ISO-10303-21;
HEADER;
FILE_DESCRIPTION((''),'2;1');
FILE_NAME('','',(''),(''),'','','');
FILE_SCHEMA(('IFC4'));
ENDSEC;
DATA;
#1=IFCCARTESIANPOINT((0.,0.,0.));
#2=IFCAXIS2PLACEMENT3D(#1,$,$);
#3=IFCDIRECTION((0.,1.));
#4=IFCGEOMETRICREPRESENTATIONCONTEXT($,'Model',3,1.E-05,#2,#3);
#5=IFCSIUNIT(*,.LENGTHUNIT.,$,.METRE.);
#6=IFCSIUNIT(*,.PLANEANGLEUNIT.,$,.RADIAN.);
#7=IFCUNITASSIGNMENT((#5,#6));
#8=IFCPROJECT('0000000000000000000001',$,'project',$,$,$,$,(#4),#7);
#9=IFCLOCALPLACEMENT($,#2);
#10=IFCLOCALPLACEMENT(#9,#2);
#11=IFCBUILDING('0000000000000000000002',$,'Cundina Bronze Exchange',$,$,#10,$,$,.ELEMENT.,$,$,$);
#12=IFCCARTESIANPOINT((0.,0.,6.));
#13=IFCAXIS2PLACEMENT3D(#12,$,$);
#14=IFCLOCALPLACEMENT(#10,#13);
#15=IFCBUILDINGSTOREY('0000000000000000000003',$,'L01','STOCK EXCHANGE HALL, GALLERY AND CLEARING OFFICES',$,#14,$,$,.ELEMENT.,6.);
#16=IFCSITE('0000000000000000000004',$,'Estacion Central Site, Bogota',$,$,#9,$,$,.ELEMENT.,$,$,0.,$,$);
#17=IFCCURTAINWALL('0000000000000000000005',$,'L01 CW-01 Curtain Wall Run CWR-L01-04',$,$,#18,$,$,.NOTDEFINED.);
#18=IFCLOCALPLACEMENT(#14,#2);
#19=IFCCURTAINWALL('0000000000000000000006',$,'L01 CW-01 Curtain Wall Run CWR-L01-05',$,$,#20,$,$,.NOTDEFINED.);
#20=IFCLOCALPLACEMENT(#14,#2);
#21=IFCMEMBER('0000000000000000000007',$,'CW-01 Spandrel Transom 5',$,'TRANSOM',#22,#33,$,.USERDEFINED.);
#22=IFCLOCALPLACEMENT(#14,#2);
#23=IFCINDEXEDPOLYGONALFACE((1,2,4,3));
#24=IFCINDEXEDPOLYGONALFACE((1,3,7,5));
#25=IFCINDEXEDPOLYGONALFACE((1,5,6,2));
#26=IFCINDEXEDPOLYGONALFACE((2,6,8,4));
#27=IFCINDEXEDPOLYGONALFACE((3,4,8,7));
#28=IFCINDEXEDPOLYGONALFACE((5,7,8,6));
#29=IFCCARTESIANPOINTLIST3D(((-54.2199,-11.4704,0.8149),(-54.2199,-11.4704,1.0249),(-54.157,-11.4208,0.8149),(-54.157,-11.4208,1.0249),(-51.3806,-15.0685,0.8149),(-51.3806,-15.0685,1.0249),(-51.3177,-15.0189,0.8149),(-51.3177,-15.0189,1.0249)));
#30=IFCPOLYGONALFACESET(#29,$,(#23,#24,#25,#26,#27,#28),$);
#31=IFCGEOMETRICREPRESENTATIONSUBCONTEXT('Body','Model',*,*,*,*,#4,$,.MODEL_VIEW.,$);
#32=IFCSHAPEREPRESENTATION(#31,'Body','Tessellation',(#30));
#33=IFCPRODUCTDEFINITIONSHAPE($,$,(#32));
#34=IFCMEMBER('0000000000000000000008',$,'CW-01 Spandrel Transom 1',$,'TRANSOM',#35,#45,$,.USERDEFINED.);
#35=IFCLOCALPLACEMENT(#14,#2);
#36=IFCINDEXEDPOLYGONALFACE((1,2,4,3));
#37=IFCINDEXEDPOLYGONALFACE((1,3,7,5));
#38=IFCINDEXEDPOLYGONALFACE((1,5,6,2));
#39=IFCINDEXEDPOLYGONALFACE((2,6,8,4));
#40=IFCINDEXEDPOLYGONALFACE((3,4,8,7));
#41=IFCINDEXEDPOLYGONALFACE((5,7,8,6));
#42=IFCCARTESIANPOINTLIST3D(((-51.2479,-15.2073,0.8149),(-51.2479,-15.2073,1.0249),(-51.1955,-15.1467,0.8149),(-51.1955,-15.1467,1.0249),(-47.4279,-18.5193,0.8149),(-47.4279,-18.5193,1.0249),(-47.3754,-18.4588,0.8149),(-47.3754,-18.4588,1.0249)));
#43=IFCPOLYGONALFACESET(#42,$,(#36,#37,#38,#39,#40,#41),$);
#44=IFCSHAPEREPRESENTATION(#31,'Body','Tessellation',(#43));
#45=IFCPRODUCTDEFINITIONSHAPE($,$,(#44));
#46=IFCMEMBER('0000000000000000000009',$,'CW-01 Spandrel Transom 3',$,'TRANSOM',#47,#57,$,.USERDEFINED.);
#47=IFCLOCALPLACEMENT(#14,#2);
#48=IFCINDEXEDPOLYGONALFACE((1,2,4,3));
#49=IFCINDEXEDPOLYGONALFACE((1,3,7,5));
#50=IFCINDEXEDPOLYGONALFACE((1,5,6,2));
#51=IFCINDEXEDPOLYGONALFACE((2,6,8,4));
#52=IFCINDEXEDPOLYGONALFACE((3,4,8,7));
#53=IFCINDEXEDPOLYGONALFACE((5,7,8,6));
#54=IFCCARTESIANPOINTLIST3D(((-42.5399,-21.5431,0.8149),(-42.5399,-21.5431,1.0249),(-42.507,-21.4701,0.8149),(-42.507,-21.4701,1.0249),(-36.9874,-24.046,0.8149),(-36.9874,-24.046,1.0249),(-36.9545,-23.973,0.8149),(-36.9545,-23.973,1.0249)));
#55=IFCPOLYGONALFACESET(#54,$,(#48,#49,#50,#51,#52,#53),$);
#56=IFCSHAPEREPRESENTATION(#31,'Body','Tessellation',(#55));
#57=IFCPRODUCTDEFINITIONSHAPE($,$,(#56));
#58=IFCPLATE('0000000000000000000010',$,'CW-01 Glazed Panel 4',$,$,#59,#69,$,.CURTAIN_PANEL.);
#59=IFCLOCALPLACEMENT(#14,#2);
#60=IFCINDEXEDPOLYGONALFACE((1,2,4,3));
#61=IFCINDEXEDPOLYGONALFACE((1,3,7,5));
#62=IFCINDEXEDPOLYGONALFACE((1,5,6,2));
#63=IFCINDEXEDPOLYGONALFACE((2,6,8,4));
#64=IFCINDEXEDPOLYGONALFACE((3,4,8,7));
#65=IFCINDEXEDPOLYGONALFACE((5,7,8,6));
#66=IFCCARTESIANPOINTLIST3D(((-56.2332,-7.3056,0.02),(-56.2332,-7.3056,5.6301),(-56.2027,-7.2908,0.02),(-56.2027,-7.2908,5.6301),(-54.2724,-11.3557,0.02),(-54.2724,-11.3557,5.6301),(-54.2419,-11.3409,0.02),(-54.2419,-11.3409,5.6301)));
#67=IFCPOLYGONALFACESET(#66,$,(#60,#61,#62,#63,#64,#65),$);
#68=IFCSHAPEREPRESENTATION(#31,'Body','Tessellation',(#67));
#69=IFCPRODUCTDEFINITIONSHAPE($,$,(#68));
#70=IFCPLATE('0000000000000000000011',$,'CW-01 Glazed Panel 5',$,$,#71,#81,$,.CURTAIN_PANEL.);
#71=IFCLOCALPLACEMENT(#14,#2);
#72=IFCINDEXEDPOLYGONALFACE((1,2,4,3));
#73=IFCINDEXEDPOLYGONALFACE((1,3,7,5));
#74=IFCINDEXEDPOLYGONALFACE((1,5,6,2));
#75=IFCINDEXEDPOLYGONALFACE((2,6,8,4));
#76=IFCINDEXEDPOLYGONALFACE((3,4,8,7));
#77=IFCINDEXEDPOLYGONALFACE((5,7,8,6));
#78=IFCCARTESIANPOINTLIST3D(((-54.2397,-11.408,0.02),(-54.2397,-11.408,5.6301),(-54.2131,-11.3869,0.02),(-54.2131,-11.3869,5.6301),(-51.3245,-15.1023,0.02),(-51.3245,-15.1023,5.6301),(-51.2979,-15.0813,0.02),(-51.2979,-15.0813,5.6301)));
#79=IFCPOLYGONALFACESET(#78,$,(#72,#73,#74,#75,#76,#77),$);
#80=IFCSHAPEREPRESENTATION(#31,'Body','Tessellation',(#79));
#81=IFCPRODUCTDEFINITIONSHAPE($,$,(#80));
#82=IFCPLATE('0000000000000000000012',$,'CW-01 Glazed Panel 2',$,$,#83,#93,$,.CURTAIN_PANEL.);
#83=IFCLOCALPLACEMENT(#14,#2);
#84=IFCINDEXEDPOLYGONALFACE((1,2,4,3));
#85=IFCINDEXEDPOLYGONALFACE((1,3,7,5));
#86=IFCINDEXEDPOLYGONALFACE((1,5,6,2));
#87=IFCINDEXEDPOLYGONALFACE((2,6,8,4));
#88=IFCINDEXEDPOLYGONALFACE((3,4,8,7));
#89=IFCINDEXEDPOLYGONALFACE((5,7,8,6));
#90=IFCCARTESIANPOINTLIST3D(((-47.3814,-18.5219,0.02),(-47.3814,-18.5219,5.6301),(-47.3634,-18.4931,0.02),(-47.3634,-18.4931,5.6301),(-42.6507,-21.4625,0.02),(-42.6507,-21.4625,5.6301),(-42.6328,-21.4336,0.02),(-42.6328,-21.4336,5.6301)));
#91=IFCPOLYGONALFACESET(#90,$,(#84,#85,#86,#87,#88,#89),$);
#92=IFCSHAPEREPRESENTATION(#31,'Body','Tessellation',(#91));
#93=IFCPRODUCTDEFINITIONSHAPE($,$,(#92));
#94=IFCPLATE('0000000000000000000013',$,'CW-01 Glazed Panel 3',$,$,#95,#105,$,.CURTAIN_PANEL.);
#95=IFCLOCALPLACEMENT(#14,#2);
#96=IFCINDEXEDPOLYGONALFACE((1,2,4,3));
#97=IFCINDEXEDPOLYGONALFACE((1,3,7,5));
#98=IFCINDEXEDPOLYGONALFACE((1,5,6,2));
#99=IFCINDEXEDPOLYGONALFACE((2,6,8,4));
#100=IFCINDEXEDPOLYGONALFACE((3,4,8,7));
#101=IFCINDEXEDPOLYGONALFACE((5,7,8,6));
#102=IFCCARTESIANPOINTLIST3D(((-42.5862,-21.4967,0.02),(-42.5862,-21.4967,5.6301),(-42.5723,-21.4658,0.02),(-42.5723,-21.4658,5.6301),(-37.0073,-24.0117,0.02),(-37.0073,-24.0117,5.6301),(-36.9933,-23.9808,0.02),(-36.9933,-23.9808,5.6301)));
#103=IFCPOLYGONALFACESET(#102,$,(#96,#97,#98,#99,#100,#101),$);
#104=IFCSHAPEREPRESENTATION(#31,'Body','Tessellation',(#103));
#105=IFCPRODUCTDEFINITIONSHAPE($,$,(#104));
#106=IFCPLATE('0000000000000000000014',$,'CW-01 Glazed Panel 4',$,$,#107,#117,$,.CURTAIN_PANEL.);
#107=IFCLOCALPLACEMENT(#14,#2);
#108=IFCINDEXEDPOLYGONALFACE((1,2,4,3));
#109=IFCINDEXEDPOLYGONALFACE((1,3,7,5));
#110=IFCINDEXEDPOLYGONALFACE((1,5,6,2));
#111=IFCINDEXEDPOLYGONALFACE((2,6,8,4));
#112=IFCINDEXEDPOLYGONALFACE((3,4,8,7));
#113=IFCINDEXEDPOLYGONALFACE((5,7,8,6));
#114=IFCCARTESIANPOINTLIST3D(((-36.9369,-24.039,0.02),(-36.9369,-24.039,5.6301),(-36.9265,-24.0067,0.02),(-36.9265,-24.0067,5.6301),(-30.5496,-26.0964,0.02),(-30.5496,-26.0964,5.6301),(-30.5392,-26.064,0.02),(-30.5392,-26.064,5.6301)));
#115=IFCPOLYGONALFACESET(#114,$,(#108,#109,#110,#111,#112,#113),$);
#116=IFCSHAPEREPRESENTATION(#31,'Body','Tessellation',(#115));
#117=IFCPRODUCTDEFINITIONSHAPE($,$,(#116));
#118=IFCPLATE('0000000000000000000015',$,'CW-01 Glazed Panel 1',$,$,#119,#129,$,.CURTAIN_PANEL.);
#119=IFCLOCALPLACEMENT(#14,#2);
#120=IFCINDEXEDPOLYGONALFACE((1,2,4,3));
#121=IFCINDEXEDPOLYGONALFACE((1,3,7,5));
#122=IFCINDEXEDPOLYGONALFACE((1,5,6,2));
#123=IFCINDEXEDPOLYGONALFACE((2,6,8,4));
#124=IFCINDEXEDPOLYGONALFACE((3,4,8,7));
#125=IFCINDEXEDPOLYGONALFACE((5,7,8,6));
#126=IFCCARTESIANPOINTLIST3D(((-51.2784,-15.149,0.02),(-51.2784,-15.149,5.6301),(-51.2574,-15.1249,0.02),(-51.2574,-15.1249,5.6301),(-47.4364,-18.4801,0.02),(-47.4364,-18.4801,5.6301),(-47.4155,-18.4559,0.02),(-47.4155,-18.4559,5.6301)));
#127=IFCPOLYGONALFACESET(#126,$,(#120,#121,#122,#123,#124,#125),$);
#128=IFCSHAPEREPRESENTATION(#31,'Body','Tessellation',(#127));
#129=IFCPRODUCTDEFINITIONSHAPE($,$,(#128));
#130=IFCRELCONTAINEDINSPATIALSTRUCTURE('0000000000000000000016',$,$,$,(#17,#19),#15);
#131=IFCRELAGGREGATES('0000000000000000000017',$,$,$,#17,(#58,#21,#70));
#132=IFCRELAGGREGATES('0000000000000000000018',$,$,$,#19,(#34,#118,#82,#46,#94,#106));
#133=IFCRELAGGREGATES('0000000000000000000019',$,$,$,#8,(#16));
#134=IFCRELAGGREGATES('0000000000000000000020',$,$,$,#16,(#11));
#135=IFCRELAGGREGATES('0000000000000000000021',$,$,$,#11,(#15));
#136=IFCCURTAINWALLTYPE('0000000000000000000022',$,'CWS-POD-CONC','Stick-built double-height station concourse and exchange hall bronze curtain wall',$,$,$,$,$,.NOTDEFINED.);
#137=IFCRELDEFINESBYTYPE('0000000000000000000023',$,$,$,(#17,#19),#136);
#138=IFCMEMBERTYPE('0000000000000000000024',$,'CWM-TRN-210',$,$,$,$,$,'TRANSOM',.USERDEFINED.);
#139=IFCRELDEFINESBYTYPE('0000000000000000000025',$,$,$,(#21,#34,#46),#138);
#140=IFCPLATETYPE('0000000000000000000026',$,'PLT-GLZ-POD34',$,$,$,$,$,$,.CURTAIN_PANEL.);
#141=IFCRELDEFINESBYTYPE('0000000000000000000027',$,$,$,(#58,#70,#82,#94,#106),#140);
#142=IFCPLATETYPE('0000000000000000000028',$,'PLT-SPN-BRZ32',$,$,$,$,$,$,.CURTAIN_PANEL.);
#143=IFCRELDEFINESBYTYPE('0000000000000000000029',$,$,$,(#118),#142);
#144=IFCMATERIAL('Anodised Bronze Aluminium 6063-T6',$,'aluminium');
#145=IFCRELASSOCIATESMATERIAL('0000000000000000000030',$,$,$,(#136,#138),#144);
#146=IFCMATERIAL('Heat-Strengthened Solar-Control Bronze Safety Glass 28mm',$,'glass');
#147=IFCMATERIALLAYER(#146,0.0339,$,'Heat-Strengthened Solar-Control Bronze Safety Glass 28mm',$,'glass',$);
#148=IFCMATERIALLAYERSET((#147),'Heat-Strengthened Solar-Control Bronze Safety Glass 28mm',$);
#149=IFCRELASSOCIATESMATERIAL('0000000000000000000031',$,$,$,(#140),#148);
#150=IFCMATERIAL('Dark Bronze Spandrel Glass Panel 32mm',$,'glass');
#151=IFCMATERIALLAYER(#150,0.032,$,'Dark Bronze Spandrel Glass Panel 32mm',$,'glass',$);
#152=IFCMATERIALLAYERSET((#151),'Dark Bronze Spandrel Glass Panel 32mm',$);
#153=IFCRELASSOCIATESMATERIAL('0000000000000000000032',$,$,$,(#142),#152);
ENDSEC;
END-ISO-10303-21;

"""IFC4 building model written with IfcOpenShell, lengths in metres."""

from ifc_helpers import new_model, si_unit, direction, frame, origin, origin_2d, place, context, subcontext, project, spatial, rectangle, extrude, material, layer, layer_set, material_profile, profile_set, type_object, element, aggregate, save


model = new_model("IFC4")

# Units and contexts
model_context = context("Model", 3, precision=1e-05, world=origin(), true_north=direction((0.0, 1.0)))
body_context = subcontext(model_context, "Body", "Model", "MODEL_VIEW")
ifc_project = project(units=[si_unit("LENGTHUNIT", "METRE"), si_unit("PLANEANGLEUNIT", "RADIAN")], contexts=[model_context])

# Site, building, storey
site_placement = place(None, origin())
site = spatial("IfcSite", under=ifc_project, at=site_placement, Name="Estacion Central Site, Bogota", CompositionType="ELEMENT", RefElevation=0.0)
building_placement = place(site_placement, origin())
building = spatial("IfcBuilding", under=site, at=building_placement, Name="Cundina Bronze Exchange", CompositionType="ELEMENT")
storey_placement = place(building_placement, frame((0.0, 0.0, 6.0)))
storey = spatial("IfcBuildingStorey", under=building, at=storey_placement, Name="L01", Description="STOCK EXCHANGE HALL, GALLERY AND CLEARING OFFICES", CompositionType="ELEMENT", Elevation=6.0)

# Curtain walls
ifc_material_1 = material(Name="Anodised Bronze Aluminium 6063-T6", Category="aluminium")
curtain_wall_type = type_object("IfcCurtainWallType", Name="CWS-POD-CONC", Description="Stick-built double-height station concourse and exchange hall bronze curtain wall", PredefinedType="NOTDEFINED", material=ifc_material_1)
curtain_wall_1_placement = place(storey_placement, origin())
curtain_wall_1 = element("IfcCurtainWall", 1, at=curtain_wall_1_placement, inside=storey, type_object=curtain_wall_type, Name="L01 CW-01 Curtain Wall Run CWR-L01-04", PredefinedType="NOTDEFINED")
curtain_wall_2_placement = place(storey_placement, origin())
curtain_wall_2 = element("IfcCurtainWall", 2, at=curtain_wall_2_placement, inside=storey, type_object=curtain_wall_type, Name="L01 CW-01 Curtain Wall Run CWR-L01-05", PredefinedType="NOTDEFINED")

# Members
ifc_material_profile_1 = material_profile(ifc_material_1, rectangle(XDim=0.0801, YDim=0.21, at=origin_2d()), Name="AL80X210", Category="aluminium")
ifc_profile_set_1 = profile_set([ifc_material_profile_1], Name="Anodised Bronze Aluminium 6063-T6")
member_type_1 = type_object("IfcMemberType", Name="CWM-TRN-210", ElementType="TRANSOM", PredefinedType="USERDEFINED", material=ifc_profile_set_1)
member_1_placement = place(storey_placement, frame((-54.1885, -11.4456, 0.9199), z_axis=(0.619472, -0.785019, 0.0), x_axis=(0.785019, 0.619472, 0.0)))
member_1 = element("IfcMember", 3, at=member_1_placement, type_object=member_type_1, Name="CW-01 Spandrel Transom 5", ObjectType="TRANSOM", PredefinedType="USERDEFINED", context=body_context, shape_type="SweptSolid", body=[
    extrude(rectangle(XDim=0.0801, YDim=0.21, at=origin_2d()), origin(), (0.0, 0.0, 1.0), 4.5835),
])
member_2_placement = place(storey_placement, frame((-51.2217, -15.177, 0.9199), z_axis=(0.755563, -0.655076, 0.0), x_axis=(0.655076, 0.755563, 0.0)))
member_2 = element("IfcMember", 4, at=member_2_placement, type_object=member_type_1, Name="CW-01 Spandrel Transom 1", ObjectType="TRANSOM", PredefinedType="USERDEFINED", context=body_context, shape_type="SweptSolid", body=[
    extrude(rectangle(XDim=0.0801, YDim=0.21, at=origin_2d()), origin(), (0.0, 0.0, 1.0), 5.0559),
])
member_3_placement = place(storey_placement, frame((-42.5234, -21.5066, 0.9199), z_axis=(0.911657, -0.410953, 0.0), x_axis=(0.410953, 0.911657, 0.0)))
member_3 = element("IfcMember", 5, at=member_3_placement, type_object=member_type_1, Name="CW-01 Spandrel Transom 3", ObjectType="TRANSOM", PredefinedType="USERDEFINED", context=body_context, shape_type="SweptSolid", body=[
    extrude(rectangle(XDim=0.0801, YDim=0.21, at=origin_2d()), origin(), (0.0, 0.0, 1.0), 6.0906),
])

# Plates
ifc_material_2 = material(Name="Heat-Strengthened Solar-Control Bronze Safety Glass 28mm", Category="glass")
ifc_layer_1 = layer(ifc_material_2, 0.0339, Name="Heat-Strengthened Solar-Control Bronze Safety Glass 28mm", Category="glass")
ifc_layer_set_1 = layer_set([ifc_layer_1], Name="Heat-Strengthened Solar-Control Bronze Safety Glass 28mm")
plate_type_1 = type_object("IfcPlateType", Name="PLT-GLZ-POD34", PredefinedType="CURTAIN_PANEL", material=ifc_layer_set_1)
plate_1_placement = place(storey_placement, frame((-55.2375, -9.3232, 0.02), z_axis=(0.0, 0.0, 1.0), x_axis=(0.435765, -0.90006, 0.0)))
plate_1 = element("IfcPlate", 6, at=plate_1_placement, type_object=plate_type_1, Name="CW-01 Glazed Panel 4", PredefinedType="CURTAIN_PANEL", context=body_context, shape_type="SweptSolid", body=[
    extrude(rectangle(XDim=4.4998, YDim=0.0339, at=origin_2d()), origin(), (0.0, 0.0, 1.0), 5.6101),
])
plate_2_placement = place(storey_placement, frame((-52.7688, -13.2446, 0.02), z_axis=(0.0, 0.0, 1.0), x_axis=(0.619464, -0.785025, 0.0)))
plate_2 = element("IfcPlate", 7, at=plate_2_placement, type_object=plate_type_1, Name="CW-01 Glazed Panel 5", PredefinedType="CURTAIN_PANEL", context=body_context, shape_type="SweptSolid", body=[
    extrude(rectangle(XDim=4.7061, YDim=0.0339, at=origin_2d()), origin(), (0.0, 0.0, 1.0), 5.6101),
])
aggregate(curtain_wall_1, [plate_1, member_1, plate_2])
plate_3_placement = place(storey_placement, frame((-45.0071, -19.9778, 0.02), z_axis=(0.0, 0.0, 1.0), x_axis=(0.849294, -0.52792, 0.0)))
plate_3 = element("IfcPlate", 8, at=plate_3_placement, type_object=plate_type_1, Name="CW-01 Glazed Panel 2", PredefinedType="CURTAIN_PANEL", context=body_context, shape_type="SweptSolid", body=[
    extrude(rectangle(XDim=5.5701, YDim=0.0339, at=origin_2d()), origin(), (0.0, 0.0, 1.0), 5.6101),
])
plate_4_placement = place(storey_placement, frame((-39.7898, -22.7388, 0.02), z_axis=(0.0, 0.0, 1.0), x_axis=(0.911647, -0.410973, 0.0)))
plate_4 = element("IfcPlate", 9, at=plate_4_placement, type_object=plate_type_1, Name="CW-01 Glazed Panel 3", PredefinedType="CURTAIN_PANEL", context=body_context, shape_type="SweptSolid", body=[
    extrude(rectangle(XDim=6.1196, YDim=0.0339, at=origin_2d()), origin(), (0.0, 0.0, 1.0), 5.6101),
])
plate_5_placement = place(storey_placement, frame((-33.738, -25.0515, 0.02), z_axis=(0.0, 0.0, 1.0), x_axis=(0.951841, -0.306593, 0.0)))
plate_5 = element("IfcPlate", 10, at=plate_5_placement, type_object=plate_type_1, Name="CW-01 Glazed Panel 4", PredefinedType="CURTAIN_PANEL", context=body_context, shape_type="SweptSolid", body=[
    extrude(rectangle(XDim=6.7104, YDim=0.0339, at=origin_2d()), origin(), (0.0, 0.0, 1.0), 5.6101),
])
ifc_material_3 = material(Name="Dark Bronze Spandrel Glass Panel 32mm", Category="glass")
ifc_layer_2 = layer(ifc_material_3, 0.032, Name="Dark Bronze Spandrel Glass Panel 32mm", Category="glass")
ifc_layer_set_2 = layer_set([ifc_layer_2], Name="Dark Bronze Spandrel Glass Panel 32mm")
plate_type_2 = type_object("IfcPlateType", Name="PLT-SPN-BRZ32", PredefinedType="CURTAIN_PANEL", material=ifc_layer_set_2)
plate_6_placement = place(storey_placement, frame((-49.3469, -16.8025, 0.02), z_axis=(0.0, 0.0, 1.0), x_axis=(0.755556, -0.655084, 0.0)))
plate_6 = element("IfcPlate", 11, at=plate_6_placement, type_object=plate_type_2, Name="CW-01 Glazed Panel 1", PredefinedType="CURTAIN_PANEL", context=body_context, shape_type="SweptSolid", body=[
    extrude(rectangle(XDim=5.085, YDim=0.032, at=origin_2d()), origin(), (0.0, 0.0, 1.0), 5.6101),
])
aggregate(curtain_wall_2, [member_2, plate_6, plate_3, member_3, plate_4, plate_5])

save(model, "model.ifc")
